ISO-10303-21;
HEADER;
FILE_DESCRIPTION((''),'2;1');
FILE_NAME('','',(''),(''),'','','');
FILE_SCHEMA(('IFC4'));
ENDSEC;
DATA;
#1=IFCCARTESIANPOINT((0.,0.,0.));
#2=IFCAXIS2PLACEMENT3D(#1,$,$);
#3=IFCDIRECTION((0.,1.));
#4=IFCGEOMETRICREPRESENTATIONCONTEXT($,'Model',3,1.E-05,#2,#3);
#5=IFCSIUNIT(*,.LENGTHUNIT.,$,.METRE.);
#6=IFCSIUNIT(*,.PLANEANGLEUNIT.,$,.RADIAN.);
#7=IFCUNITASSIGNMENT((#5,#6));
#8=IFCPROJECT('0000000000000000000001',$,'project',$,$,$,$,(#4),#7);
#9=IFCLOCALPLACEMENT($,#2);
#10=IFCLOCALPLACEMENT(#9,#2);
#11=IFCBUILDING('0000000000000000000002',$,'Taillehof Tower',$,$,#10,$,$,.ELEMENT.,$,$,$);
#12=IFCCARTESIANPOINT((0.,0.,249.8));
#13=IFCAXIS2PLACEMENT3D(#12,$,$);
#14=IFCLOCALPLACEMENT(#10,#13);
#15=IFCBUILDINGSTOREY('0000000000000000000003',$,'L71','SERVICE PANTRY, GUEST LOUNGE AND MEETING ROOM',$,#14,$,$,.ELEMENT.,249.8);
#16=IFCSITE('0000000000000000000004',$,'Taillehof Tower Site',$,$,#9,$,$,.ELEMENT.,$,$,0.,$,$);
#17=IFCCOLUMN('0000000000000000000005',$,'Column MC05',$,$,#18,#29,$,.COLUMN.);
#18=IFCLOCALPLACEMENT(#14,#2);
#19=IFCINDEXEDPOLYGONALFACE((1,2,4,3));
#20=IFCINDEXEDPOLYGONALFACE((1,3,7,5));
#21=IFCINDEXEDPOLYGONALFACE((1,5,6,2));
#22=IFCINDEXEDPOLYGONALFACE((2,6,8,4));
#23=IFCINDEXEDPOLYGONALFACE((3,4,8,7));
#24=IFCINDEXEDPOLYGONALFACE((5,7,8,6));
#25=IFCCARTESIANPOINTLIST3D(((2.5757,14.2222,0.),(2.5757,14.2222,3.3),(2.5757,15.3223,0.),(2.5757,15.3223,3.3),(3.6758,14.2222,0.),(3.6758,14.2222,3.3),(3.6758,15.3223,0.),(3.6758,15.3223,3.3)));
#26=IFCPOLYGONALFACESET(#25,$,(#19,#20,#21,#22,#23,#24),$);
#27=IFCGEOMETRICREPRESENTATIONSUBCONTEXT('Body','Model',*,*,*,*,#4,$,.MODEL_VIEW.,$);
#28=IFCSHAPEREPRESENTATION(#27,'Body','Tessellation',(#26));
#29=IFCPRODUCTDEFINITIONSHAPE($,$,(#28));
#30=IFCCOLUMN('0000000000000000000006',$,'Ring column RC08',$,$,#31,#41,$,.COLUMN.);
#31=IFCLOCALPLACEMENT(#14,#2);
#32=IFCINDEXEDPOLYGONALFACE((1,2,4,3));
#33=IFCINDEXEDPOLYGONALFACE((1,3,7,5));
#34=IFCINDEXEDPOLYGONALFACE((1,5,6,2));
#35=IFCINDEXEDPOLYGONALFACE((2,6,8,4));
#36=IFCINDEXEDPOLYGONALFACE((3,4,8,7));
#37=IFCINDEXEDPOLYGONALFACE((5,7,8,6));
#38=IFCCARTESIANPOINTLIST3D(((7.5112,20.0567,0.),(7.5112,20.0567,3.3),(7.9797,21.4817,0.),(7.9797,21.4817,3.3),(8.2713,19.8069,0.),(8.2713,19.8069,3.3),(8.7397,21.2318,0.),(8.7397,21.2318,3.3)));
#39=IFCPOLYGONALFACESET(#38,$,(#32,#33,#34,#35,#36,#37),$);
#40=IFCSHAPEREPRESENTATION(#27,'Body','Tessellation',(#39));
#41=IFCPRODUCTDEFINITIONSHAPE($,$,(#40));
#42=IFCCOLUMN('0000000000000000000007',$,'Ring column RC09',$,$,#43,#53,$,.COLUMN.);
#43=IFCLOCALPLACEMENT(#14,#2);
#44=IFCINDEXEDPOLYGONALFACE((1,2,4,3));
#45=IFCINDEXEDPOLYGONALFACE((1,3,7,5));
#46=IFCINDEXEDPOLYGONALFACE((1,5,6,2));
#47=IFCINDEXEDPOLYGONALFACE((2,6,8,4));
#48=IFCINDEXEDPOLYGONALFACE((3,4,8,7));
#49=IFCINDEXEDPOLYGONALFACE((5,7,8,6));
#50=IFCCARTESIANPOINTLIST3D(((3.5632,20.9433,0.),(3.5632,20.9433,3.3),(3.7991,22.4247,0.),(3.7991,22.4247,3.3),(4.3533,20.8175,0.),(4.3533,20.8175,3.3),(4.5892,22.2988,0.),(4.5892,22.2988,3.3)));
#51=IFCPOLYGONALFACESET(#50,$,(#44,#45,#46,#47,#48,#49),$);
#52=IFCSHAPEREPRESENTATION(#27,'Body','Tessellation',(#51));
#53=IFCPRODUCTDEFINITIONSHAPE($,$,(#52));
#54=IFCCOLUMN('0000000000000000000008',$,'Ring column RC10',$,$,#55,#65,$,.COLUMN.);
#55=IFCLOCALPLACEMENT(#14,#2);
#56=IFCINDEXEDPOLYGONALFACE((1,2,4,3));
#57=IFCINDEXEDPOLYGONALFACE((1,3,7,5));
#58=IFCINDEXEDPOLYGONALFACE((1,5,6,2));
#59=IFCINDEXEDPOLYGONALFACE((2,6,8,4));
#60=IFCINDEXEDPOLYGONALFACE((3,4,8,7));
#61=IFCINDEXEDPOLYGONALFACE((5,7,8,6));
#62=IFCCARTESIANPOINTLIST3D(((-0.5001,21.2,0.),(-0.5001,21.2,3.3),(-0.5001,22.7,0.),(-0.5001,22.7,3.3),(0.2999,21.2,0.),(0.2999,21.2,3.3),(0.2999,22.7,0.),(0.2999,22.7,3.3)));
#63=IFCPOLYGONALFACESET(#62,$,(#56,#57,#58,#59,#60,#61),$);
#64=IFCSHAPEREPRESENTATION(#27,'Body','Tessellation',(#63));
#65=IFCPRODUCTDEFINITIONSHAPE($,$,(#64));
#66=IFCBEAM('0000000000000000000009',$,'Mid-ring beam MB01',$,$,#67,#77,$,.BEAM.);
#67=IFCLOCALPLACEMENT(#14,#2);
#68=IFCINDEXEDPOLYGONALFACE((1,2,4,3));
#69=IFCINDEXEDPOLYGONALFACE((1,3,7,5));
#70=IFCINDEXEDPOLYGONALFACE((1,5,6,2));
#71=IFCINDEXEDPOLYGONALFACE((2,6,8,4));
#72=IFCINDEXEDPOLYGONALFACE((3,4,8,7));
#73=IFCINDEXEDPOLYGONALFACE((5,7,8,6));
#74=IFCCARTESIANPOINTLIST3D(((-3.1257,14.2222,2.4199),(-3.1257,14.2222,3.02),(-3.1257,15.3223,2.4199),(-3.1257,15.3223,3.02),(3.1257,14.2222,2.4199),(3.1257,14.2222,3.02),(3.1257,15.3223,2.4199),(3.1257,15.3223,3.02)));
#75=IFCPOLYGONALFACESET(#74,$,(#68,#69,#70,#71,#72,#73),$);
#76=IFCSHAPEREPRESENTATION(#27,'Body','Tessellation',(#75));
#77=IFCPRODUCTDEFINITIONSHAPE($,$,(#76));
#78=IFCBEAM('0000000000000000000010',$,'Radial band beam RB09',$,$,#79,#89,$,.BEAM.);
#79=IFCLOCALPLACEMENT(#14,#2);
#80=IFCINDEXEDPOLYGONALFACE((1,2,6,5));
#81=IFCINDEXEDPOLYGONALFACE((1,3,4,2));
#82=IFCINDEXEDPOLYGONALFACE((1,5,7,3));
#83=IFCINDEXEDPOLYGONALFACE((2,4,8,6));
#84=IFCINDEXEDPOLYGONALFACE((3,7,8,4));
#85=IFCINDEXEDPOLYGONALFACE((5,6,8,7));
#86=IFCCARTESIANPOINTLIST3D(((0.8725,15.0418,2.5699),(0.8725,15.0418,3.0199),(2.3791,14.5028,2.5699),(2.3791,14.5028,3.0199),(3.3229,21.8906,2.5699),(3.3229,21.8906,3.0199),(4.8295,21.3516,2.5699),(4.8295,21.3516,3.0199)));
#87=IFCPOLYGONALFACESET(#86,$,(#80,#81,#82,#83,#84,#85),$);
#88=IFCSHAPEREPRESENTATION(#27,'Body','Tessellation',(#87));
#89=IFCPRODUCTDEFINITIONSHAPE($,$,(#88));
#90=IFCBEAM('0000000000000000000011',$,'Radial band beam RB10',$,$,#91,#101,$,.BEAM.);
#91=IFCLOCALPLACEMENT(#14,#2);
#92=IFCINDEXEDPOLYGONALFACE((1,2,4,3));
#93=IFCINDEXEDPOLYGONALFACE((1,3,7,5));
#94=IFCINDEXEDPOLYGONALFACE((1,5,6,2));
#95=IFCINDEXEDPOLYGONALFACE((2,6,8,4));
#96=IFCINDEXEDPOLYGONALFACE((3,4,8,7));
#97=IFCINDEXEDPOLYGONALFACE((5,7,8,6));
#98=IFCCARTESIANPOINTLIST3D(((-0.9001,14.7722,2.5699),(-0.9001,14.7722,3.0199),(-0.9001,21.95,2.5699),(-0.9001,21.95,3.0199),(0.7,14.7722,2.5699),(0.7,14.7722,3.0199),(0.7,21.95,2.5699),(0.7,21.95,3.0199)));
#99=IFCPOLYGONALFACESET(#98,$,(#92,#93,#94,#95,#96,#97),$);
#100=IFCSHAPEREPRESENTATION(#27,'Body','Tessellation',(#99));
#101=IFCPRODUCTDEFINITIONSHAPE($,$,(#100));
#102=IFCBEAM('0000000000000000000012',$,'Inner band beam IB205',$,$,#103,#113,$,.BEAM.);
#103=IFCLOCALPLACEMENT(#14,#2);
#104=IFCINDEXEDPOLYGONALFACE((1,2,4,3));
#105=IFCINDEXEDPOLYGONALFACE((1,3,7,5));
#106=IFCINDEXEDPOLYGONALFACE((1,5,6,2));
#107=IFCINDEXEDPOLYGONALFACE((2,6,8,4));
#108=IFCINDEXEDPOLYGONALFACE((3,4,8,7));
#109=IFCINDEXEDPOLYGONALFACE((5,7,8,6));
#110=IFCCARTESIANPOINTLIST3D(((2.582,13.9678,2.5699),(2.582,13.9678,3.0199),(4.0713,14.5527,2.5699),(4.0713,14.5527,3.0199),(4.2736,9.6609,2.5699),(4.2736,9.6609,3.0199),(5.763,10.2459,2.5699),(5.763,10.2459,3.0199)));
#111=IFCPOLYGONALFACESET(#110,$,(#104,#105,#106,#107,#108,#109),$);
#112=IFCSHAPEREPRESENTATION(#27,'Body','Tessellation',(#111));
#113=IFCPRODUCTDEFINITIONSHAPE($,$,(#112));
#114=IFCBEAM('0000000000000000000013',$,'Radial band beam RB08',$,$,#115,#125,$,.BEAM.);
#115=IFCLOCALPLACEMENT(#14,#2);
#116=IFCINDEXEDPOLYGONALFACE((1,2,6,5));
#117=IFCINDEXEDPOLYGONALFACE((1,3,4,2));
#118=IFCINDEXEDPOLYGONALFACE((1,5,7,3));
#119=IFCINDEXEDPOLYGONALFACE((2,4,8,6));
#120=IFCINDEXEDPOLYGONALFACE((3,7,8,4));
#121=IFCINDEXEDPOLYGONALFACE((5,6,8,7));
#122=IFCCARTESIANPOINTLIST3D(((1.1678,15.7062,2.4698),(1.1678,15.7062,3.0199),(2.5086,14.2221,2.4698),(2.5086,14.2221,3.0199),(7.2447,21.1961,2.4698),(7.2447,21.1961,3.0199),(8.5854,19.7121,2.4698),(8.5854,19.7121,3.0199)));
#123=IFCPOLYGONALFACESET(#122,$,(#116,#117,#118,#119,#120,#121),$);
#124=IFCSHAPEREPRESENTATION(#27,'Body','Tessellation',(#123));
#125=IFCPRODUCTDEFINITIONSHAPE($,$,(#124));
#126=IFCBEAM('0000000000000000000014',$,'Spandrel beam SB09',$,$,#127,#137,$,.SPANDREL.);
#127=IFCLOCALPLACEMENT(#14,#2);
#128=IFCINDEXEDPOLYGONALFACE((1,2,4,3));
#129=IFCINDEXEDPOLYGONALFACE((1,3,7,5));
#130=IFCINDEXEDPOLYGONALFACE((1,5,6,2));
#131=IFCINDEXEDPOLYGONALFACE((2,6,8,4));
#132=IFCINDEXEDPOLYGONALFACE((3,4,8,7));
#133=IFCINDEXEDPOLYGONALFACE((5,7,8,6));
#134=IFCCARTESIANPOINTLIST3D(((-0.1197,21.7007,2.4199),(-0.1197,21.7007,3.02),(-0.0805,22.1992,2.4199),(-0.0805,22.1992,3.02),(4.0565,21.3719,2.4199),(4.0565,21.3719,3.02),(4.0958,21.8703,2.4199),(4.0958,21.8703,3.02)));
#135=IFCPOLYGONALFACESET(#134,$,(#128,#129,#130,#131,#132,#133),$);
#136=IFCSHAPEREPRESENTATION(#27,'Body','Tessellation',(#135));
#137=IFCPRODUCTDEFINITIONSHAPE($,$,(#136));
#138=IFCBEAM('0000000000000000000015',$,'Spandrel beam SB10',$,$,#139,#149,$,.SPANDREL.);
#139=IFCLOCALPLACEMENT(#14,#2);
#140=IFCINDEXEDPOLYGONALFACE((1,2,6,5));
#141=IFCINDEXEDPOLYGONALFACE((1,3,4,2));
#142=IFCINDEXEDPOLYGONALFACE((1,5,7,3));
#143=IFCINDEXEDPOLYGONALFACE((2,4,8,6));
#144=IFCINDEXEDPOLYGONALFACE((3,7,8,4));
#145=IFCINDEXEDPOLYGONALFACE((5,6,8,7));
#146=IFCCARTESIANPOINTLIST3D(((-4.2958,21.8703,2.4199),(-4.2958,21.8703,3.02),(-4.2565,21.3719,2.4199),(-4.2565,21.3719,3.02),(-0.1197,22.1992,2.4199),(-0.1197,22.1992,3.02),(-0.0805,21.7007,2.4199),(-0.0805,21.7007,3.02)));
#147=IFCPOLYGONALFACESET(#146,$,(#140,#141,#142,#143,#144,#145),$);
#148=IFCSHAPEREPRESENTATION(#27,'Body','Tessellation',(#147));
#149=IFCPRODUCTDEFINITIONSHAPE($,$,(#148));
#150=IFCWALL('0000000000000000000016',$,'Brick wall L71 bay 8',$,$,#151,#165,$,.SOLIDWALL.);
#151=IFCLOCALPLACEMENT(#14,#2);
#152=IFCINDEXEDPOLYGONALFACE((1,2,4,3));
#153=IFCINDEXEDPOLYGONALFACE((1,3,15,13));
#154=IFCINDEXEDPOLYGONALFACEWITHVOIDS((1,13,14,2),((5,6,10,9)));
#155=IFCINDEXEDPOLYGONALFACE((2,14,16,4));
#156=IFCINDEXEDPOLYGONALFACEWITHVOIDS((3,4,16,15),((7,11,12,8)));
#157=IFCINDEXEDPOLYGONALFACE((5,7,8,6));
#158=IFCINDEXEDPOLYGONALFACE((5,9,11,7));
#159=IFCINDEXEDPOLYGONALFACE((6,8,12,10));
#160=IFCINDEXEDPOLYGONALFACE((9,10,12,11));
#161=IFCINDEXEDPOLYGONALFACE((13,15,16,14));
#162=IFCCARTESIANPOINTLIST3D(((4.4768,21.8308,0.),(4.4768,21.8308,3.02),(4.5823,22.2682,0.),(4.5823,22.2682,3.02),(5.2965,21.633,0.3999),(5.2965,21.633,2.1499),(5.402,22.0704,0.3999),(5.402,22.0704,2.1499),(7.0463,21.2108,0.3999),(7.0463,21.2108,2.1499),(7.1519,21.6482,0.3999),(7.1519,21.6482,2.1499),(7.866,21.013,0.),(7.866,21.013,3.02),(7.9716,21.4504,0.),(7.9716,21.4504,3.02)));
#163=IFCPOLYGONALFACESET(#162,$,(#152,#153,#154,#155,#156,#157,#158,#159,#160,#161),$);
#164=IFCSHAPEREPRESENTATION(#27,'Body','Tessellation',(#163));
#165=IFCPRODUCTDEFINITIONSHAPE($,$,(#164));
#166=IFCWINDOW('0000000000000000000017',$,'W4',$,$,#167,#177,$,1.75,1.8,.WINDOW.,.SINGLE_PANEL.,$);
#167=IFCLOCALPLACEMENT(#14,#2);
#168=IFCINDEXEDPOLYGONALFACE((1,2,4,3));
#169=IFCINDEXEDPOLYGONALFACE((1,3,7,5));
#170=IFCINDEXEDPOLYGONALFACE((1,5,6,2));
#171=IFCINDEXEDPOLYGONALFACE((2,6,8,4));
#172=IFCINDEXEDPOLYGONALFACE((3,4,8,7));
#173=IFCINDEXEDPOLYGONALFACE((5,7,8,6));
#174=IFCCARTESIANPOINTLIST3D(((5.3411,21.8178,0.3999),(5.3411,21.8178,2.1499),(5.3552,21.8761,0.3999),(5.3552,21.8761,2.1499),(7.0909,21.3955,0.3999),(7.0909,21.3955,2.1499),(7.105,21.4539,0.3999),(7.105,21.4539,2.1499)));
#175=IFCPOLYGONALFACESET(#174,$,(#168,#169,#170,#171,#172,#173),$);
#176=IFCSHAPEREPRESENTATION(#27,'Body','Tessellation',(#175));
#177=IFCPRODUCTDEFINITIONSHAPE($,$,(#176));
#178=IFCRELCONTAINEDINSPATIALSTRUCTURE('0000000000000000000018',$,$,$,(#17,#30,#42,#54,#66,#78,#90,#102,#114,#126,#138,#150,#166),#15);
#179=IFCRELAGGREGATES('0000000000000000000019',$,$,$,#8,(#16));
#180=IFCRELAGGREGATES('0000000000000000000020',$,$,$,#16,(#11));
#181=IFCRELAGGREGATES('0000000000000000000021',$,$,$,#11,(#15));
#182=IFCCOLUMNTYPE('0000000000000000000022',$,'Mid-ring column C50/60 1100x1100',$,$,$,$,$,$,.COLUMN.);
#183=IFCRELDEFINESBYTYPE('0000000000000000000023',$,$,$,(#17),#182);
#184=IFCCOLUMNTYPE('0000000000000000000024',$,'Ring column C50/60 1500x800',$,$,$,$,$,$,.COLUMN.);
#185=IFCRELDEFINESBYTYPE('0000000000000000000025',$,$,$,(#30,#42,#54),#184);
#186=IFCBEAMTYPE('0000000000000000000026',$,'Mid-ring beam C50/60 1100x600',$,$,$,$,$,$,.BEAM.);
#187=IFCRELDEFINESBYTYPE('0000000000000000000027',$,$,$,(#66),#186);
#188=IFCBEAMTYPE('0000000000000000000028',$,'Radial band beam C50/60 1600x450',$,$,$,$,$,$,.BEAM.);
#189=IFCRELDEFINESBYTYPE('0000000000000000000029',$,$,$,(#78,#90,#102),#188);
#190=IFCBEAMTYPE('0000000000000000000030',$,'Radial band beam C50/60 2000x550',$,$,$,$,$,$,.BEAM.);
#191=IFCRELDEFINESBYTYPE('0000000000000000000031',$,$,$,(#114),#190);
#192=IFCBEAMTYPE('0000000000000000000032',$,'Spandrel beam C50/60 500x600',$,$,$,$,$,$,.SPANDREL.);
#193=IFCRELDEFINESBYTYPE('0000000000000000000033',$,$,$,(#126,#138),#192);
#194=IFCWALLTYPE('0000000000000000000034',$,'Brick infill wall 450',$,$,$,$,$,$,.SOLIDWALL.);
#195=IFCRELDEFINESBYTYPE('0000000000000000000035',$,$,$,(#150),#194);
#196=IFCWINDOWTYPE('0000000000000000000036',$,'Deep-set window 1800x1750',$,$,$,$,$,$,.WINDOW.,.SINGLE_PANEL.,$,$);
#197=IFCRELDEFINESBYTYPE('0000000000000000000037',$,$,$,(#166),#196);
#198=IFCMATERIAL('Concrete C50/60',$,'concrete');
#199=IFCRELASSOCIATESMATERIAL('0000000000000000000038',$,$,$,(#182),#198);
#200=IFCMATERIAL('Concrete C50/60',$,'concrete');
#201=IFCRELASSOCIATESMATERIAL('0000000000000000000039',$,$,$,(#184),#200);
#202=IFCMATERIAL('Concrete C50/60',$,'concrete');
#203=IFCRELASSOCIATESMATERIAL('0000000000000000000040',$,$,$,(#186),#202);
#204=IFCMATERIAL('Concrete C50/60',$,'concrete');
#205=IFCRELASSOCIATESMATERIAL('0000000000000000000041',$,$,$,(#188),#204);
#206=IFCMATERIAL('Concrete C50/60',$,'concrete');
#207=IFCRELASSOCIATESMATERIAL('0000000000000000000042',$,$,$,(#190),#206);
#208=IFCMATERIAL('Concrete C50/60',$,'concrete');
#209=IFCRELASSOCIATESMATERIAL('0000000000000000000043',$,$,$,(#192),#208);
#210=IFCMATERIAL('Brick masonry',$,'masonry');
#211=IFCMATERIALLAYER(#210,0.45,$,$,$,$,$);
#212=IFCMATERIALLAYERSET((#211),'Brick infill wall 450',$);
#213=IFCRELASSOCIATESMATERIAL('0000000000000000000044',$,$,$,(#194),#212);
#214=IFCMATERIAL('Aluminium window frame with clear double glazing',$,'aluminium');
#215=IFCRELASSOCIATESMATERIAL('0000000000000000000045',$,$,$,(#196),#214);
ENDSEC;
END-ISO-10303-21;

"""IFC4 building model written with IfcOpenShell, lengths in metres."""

from ifc_helpers import new_model, si_unit, direction, frame, frame_2d, origin, origin_2d, place, context, subcontext, project, spatial, rectangle, extrude, material, layer, layer_set, material_profile, profile_set, type_object, element, fill, save


model = new_model("IFC4")

# Units and contexts
model_context = context("Model", 3, precision=1e-05, world=origin(), true_north=direction((0.0, 1.0)))
body_context = subcontext(model_context, "Body", "Model", "MODEL_VIEW")
ifc_project = project(units=[si_unit("LENGTHUNIT", "METRE"), si_unit("PLANEANGLEUNIT", "RADIAN")], contexts=[model_context])

# Site, building, storey
site_placement = place(None, origin())
site = spatial("IfcSite", under=ifc_project, at=site_placement, Name="Taillehof Tower Site", CompositionType="ELEMENT", RefElevation=0.0)
building_placement = place(site_placement, origin())
building = spatial("IfcBuilding", under=site, at=building_placement, Name="Taillehof Tower", CompositionType="ELEMENT")
storey_placement = place(building_placement, frame((0.0, 0.0, 249.8)))
storey = spatial("IfcBuildingStorey", under=building, at=storey_placement, Name="L71", Description="SERVICE PANTRY, GUEST LOUNGE AND MEETING ROOM", CompositionType="ELEMENT", Elevation=249.8)

# Columns
ifc_material_1 = material(Name="Concrete C50/60", Category="concrete")
ifc_material_profile_1 = material_profile(ifc_material_1, rectangle(XDim=1.1001, YDim=1.1001, at=origin_2d()), Name="RC 1100x1100")
ifc_profile_set_1 = profile_set([ifc_material_profile_1], Name="Concrete C50/60")
column_type_1 = type_object("IfcColumnType", Name="Mid-ring column C50/60 1100x1100", PredefinedType="COLUMN", material=ifc_profile_set_1)
column_placement = place(storey_placement, frame((3.1257, 14.7722, 0.0), z_axis=(0.0, 0.0, 1.0), x_axis=(1.0, 0.0, 0.0)))
element("IfcColumn", 1, at=column_placement, inside=storey, type_object=column_type_1, Name="Column MC05", PredefinedType="COLUMN", context=body_context, shape_type="SweptSolid", body=[
    extrude(rectangle(XDim=1.1001, YDim=1.1001, at=origin_2d()), origin(), (0.0, 0.0, 1.0), 3.3),
])
ifc_material_2 = material(Name="Concrete C50/60", Category="concrete")
ifc_material_profile_2 = material_profile(ifc_material_2, rectangle(XDim=1.5, YDim=0.8, at=origin_2d()), Name="RC 1500x800")
ifc_profile_set_2 = profile_set([ifc_material_profile_2], Name="Concrete C50/60")
column_type_2 = type_object("IfcColumnType", Name="Ring column C50/60 1500x800", PredefinedType="COLUMN", material=ifc_profile_set_2)
for number, where, z_axis, x_axis, name in (
    (2, (8.1255, 20.6443, 0.0), (0.0, 0.0, 1.0), (0.312304, 0.949982, 0.0), "Ring column RC08"),
    (3, (4.0762, 21.6211, 0.0), (0.0, 0.0, 1.0), (0.157281, 0.987554, 0.0), "Ring column RC09"),
    (4, (-0.1001, 21.95, 0.0), (0.0, 0.0, 1.0), (0.0, 1.0, 0.0), "Ring column RC10"),
):
    element("IfcColumn", number, at=place(storey_placement, frame(where, z_axis=z_axis, x_axis=x_axis)), inside=storey, type_object=column_type_2, Name=name, PredefinedType="COLUMN", context=body_context, shape_type="SweptSolid", body=[
        extrude(rectangle(XDim=1.5, YDim=0.8, at=origin_2d()), origin(), (0.0, 0.0, 1.0), 3.3),
    ])

# Beams
ifc_material_3 = material(Name="Concrete C50/60", Category="concrete")
ifc_material_profile_3 = material_profile(ifc_material_3, rectangle(XDim=1.1001, YDim=0.6001, at=origin_2d()), Name="RC 1100x600")
ifc_profile_set_3 = profile_set([ifc_material_profile_3], Name="Concrete C50/60")
beam_type_1 = type_object("IfcBeamType", Name="Mid-ring beam C50/60 1100x600", PredefinedType="BEAM", material=ifc_profile_set_3)
beam_1_placement = place(storey_placement, frame((3.1257, 14.7722, 2.72), z_axis=(-1.0, 0.0, 0.0), x_axis=(0.0, -1.0, 0.0)))
element("IfcBeam", 5, at=beam_1_placement, inside=storey, type_object=beam_type_1, Name="Mid-ring beam MB01", PredefinedType="BEAM", context=body_context, shape_type="SweptSolid", body=[
    extrude(rectangle(XDim=1.1001, YDim=0.6001, at=origin_2d()), origin(), (0.0, 0.0, 1.0), 6.2515),
])
ifc_material_4 = material(Name="Concrete C50/60", Category="concrete")
ifc_material_profile_4 = material_profile(ifc_material_4, rectangle(XDim=1.6001, YDim=0.45, at=origin_2d()), Name="RC 1600x450")
ifc_profile_set_4 = profile_set([ifc_material_profile_4], Name="Concrete C50/60")
beam_type_2 = type_object("IfcBeamType", Name="Radial band beam C50/60 1600x450", PredefinedType="BEAM", material=ifc_profile_set_4)
beam_2_placement = place(storey_placement, frame((4.0762, 21.6211, 2.7949), z_axis=(-0.336874, -0.94155, 0.0), x_axis=(0.94155, -0.336874, 0.0)))
element("IfcBeam", 6, at=beam_2_placement, inside=storey, type_object=beam_type_2, Name="Radial band beam RB09", PredefinedType="BEAM", context=body_context, shape_type="SweptSolid", body=[
    extrude(rectangle(XDim=1.6001, YDim=0.45, at=origin_2d()), origin(), (0.0, 0.0, 1.0), 7.2739),
])
beam_3_placement = place(storey_placement, frame((-0.1001, 21.95, 2.7949), z_axis=(0.0, -1.0, 0.0), x_axis=(1.0, 0.0, 0.0)))
element("IfcBeam", 7, at=beam_3_placement, inside=storey, type_object=beam_type_2, Name="Radial band beam RB10", PredefinedType="BEAM", context=body_context, shape_type="SweptSolid", body=[
    extrude(rectangle(XDim=1.6001, YDim=0.45, at=origin_2d()), origin(), (0.0, 0.0, 1.0), 7.1777),
])
beam_4_placement = place(storey_placement, frame((3.3267, 14.2603, 2.7949), z_axis=(0.365589, -0.930777, 0.0), x_axis=(0.930777, 0.365589, 0.0)))
element("IfcBeam", 8, at=beam_4_placement, inside=storey, type_object=beam_type_2, Name="Inner band beam IB205", PredefinedType="BEAM", context=body_context, shape_type="SweptSolid", body=[
    extrude(rectangle(XDim=1.6001, YDim=0.45, at=origin_2d()), origin(), (0.0, 0.0, 1.0), 4.6272),
])
ifc_material_5 = material(Name="Concrete C50/60", Category="concrete")
ifc_material_profile_5 = material_profile(ifc_material_5, rectangle(XDim=2.0, YDim=0.55, at=origin_2d()), Name="RC 2000x550")
ifc_profile_set_5 = profile_set([ifc_material_profile_5], Name="Concrete C50/60")
beam_type_3 = type_object("IfcBeamType", Name="Radial band beam C50/60 2000x550", PredefinedType="BEAM", material=ifc_profile_set_5)
beam_5_placement = place(storey_placement, frame((7.915, 20.4541, 2.7449), z_axis=(-0.742031, -0.670365, 0.0), x_axis=(0.670365, -0.742031, 0.0)))
element("IfcBeam", 9, at=beam_5_placement, inside=storey, type_object=beam_type_3, Name="Radial band beam RB08", PredefinedType="BEAM", context=body_context, shape_type="SweptSolid", body=[
    extrude(rectangle(XDim=2.0, YDim=0.55, at=origin_2d()), origin(), (0.0, 0.0, 1.0), 8.1895),
])
ifc_material_6 = material(Name="Concrete C50/60", Category="concrete")
ifc_material_profile_6 = material_profile(ifc_material_6, rectangle(XDim=0.5, YDim=0.6001, at=origin_2d()), Name="RC 500x600")
ifc_profile_set_6 = profile_set([ifc_material_profile_6], Name="Concrete C50/60")
beam_type_4 = type_object("IfcBeamType", Name="Spandrel beam C50/60 500x600", PredefinedType="SPANDREL", material=ifc_profile_set_6)
beam_6_placement = place(storey_placement, frame((4.0762, 21.6211, 2.72), z_axis=(-0.996914, 0.078501, 0.0), x_axis=(-0.078501, -0.996914, 0.0)))
element("IfcBeam", 10, at=beam_6_placement, inside=storey, type_object=beam_type_4, Name="Spandrel beam SB09", PredefinedType="SPANDREL", context=body_context, shape_type="SweptSolid", body=[
    extrude(rectangle(XDim=0.5, YDim=0.6001, at=origin_2d()), origin(), (0.0, 0.0, 1.0), 4.1892),
])
beam_7_placement = place(storey_placement, frame((-0.1001, 21.95, 2.72), z_axis=(-0.996914, -0.078506, 0.0), x_axis=(0.078506, -0.996914, 0.0)))
element("IfcBeam", 11, at=beam_7_placement, inside=storey, type_object=beam_type_4, Name="Spandrel beam SB10", PredefinedType="SPANDREL", context=body_context, shape_type="SweptSolid", body=[
    extrude(rectangle(XDim=0.5, YDim=0.6001, at=origin_2d()), origin(), (0.0, 0.0, 1.0), 4.189),
])

# Wall, opening, window
ifc_material_7 = material(Name="Brick masonry", Category="masonry")
ifc_layer_1 = layer(ifc_material_7, 0.45)
ifc_layer_set_1 = layer_set([ifc_layer_1], Name="Brick infill wall 450")
wall_type_1 = type_object("IfcWallType", Name="Brick infill wall 450", PredefinedType="SOLIDWALL", material=ifc_layer_set_1)
wall_1_placement = place(storey_placement, frame((7.9187, 21.2317, 0.0), z_axis=(0.0, 0.0, 1.0), x_axis=(-0.972099, 0.23457, 0.0)))
wall_1 = element("IfcWall", 12, at=wall_1_placement, inside=storey, type_object=wall_type_1, Name="Brick wall L71 bay 8", PredefinedType="SOLIDWALL", context=body_context, shape_type="SweptSolid", body=[
    extrude(rectangle(XDim=3.4866, YDim=0.45, at=frame_2d((1.7432, 0.0))), origin(), (0.0, 0.0, 1.0), 3.02),
])
opening_1_placement = place(wall_1_placement, frame((0.8433, 0.0, 0.3999)))
opening_1 = element("IfcOpeningElement", 13, at=opening_1_placement, cuts=wall_1, PredefinedType="OPENING", context=body_context, shape_type="SweptSolid", body=[
    extrude(rectangle(XDim=1.8, YDim=1.75, at=frame_2d((0.8999, 0.875))), frame((0.0, 0.2349, 0.0), z_axis=(0.0, -1.0, 0.0), x_axis=(1.0, 0.0, 0.0)), (0.0, 0.0, 1.0), 0.47),
])
ifc_material_8 = material(Name="Aluminium window frame with clear double glazing", Category="aluminium")
window_type = type_object("IfcWindowType", Name="Deep-set window 1800x1750", PartitioningType="SINGLE_PANEL", PredefinedType="WINDOW", material=ifc_material_8)
window_1_placement = place(opening_1_placement, origin())
window_1 = element("IfcWindow", 14, at=window_1_placement, inside=storey, type_object=window_type, Name="W4", OverallHeight=1.75, OverallWidth=1.8, PartitioningType="SINGLE_PANEL", PredefinedType="WINDOW", context=body_context, shape_type="SweptSolid", body=[
    extrude(rectangle(XDim=1.8, YDim=1.75, at=frame_2d((0.8999, 0.875))), frame((0.0, 0.0349, 0.0), z_axis=(0.0, -1.0, 0.0), x_axis=(1.0, 0.0, 0.0)), (0.0, 0.0, 1.0), 0.0601),
])
fill(opening_1, window_1)

save(model, "model.ifc")
